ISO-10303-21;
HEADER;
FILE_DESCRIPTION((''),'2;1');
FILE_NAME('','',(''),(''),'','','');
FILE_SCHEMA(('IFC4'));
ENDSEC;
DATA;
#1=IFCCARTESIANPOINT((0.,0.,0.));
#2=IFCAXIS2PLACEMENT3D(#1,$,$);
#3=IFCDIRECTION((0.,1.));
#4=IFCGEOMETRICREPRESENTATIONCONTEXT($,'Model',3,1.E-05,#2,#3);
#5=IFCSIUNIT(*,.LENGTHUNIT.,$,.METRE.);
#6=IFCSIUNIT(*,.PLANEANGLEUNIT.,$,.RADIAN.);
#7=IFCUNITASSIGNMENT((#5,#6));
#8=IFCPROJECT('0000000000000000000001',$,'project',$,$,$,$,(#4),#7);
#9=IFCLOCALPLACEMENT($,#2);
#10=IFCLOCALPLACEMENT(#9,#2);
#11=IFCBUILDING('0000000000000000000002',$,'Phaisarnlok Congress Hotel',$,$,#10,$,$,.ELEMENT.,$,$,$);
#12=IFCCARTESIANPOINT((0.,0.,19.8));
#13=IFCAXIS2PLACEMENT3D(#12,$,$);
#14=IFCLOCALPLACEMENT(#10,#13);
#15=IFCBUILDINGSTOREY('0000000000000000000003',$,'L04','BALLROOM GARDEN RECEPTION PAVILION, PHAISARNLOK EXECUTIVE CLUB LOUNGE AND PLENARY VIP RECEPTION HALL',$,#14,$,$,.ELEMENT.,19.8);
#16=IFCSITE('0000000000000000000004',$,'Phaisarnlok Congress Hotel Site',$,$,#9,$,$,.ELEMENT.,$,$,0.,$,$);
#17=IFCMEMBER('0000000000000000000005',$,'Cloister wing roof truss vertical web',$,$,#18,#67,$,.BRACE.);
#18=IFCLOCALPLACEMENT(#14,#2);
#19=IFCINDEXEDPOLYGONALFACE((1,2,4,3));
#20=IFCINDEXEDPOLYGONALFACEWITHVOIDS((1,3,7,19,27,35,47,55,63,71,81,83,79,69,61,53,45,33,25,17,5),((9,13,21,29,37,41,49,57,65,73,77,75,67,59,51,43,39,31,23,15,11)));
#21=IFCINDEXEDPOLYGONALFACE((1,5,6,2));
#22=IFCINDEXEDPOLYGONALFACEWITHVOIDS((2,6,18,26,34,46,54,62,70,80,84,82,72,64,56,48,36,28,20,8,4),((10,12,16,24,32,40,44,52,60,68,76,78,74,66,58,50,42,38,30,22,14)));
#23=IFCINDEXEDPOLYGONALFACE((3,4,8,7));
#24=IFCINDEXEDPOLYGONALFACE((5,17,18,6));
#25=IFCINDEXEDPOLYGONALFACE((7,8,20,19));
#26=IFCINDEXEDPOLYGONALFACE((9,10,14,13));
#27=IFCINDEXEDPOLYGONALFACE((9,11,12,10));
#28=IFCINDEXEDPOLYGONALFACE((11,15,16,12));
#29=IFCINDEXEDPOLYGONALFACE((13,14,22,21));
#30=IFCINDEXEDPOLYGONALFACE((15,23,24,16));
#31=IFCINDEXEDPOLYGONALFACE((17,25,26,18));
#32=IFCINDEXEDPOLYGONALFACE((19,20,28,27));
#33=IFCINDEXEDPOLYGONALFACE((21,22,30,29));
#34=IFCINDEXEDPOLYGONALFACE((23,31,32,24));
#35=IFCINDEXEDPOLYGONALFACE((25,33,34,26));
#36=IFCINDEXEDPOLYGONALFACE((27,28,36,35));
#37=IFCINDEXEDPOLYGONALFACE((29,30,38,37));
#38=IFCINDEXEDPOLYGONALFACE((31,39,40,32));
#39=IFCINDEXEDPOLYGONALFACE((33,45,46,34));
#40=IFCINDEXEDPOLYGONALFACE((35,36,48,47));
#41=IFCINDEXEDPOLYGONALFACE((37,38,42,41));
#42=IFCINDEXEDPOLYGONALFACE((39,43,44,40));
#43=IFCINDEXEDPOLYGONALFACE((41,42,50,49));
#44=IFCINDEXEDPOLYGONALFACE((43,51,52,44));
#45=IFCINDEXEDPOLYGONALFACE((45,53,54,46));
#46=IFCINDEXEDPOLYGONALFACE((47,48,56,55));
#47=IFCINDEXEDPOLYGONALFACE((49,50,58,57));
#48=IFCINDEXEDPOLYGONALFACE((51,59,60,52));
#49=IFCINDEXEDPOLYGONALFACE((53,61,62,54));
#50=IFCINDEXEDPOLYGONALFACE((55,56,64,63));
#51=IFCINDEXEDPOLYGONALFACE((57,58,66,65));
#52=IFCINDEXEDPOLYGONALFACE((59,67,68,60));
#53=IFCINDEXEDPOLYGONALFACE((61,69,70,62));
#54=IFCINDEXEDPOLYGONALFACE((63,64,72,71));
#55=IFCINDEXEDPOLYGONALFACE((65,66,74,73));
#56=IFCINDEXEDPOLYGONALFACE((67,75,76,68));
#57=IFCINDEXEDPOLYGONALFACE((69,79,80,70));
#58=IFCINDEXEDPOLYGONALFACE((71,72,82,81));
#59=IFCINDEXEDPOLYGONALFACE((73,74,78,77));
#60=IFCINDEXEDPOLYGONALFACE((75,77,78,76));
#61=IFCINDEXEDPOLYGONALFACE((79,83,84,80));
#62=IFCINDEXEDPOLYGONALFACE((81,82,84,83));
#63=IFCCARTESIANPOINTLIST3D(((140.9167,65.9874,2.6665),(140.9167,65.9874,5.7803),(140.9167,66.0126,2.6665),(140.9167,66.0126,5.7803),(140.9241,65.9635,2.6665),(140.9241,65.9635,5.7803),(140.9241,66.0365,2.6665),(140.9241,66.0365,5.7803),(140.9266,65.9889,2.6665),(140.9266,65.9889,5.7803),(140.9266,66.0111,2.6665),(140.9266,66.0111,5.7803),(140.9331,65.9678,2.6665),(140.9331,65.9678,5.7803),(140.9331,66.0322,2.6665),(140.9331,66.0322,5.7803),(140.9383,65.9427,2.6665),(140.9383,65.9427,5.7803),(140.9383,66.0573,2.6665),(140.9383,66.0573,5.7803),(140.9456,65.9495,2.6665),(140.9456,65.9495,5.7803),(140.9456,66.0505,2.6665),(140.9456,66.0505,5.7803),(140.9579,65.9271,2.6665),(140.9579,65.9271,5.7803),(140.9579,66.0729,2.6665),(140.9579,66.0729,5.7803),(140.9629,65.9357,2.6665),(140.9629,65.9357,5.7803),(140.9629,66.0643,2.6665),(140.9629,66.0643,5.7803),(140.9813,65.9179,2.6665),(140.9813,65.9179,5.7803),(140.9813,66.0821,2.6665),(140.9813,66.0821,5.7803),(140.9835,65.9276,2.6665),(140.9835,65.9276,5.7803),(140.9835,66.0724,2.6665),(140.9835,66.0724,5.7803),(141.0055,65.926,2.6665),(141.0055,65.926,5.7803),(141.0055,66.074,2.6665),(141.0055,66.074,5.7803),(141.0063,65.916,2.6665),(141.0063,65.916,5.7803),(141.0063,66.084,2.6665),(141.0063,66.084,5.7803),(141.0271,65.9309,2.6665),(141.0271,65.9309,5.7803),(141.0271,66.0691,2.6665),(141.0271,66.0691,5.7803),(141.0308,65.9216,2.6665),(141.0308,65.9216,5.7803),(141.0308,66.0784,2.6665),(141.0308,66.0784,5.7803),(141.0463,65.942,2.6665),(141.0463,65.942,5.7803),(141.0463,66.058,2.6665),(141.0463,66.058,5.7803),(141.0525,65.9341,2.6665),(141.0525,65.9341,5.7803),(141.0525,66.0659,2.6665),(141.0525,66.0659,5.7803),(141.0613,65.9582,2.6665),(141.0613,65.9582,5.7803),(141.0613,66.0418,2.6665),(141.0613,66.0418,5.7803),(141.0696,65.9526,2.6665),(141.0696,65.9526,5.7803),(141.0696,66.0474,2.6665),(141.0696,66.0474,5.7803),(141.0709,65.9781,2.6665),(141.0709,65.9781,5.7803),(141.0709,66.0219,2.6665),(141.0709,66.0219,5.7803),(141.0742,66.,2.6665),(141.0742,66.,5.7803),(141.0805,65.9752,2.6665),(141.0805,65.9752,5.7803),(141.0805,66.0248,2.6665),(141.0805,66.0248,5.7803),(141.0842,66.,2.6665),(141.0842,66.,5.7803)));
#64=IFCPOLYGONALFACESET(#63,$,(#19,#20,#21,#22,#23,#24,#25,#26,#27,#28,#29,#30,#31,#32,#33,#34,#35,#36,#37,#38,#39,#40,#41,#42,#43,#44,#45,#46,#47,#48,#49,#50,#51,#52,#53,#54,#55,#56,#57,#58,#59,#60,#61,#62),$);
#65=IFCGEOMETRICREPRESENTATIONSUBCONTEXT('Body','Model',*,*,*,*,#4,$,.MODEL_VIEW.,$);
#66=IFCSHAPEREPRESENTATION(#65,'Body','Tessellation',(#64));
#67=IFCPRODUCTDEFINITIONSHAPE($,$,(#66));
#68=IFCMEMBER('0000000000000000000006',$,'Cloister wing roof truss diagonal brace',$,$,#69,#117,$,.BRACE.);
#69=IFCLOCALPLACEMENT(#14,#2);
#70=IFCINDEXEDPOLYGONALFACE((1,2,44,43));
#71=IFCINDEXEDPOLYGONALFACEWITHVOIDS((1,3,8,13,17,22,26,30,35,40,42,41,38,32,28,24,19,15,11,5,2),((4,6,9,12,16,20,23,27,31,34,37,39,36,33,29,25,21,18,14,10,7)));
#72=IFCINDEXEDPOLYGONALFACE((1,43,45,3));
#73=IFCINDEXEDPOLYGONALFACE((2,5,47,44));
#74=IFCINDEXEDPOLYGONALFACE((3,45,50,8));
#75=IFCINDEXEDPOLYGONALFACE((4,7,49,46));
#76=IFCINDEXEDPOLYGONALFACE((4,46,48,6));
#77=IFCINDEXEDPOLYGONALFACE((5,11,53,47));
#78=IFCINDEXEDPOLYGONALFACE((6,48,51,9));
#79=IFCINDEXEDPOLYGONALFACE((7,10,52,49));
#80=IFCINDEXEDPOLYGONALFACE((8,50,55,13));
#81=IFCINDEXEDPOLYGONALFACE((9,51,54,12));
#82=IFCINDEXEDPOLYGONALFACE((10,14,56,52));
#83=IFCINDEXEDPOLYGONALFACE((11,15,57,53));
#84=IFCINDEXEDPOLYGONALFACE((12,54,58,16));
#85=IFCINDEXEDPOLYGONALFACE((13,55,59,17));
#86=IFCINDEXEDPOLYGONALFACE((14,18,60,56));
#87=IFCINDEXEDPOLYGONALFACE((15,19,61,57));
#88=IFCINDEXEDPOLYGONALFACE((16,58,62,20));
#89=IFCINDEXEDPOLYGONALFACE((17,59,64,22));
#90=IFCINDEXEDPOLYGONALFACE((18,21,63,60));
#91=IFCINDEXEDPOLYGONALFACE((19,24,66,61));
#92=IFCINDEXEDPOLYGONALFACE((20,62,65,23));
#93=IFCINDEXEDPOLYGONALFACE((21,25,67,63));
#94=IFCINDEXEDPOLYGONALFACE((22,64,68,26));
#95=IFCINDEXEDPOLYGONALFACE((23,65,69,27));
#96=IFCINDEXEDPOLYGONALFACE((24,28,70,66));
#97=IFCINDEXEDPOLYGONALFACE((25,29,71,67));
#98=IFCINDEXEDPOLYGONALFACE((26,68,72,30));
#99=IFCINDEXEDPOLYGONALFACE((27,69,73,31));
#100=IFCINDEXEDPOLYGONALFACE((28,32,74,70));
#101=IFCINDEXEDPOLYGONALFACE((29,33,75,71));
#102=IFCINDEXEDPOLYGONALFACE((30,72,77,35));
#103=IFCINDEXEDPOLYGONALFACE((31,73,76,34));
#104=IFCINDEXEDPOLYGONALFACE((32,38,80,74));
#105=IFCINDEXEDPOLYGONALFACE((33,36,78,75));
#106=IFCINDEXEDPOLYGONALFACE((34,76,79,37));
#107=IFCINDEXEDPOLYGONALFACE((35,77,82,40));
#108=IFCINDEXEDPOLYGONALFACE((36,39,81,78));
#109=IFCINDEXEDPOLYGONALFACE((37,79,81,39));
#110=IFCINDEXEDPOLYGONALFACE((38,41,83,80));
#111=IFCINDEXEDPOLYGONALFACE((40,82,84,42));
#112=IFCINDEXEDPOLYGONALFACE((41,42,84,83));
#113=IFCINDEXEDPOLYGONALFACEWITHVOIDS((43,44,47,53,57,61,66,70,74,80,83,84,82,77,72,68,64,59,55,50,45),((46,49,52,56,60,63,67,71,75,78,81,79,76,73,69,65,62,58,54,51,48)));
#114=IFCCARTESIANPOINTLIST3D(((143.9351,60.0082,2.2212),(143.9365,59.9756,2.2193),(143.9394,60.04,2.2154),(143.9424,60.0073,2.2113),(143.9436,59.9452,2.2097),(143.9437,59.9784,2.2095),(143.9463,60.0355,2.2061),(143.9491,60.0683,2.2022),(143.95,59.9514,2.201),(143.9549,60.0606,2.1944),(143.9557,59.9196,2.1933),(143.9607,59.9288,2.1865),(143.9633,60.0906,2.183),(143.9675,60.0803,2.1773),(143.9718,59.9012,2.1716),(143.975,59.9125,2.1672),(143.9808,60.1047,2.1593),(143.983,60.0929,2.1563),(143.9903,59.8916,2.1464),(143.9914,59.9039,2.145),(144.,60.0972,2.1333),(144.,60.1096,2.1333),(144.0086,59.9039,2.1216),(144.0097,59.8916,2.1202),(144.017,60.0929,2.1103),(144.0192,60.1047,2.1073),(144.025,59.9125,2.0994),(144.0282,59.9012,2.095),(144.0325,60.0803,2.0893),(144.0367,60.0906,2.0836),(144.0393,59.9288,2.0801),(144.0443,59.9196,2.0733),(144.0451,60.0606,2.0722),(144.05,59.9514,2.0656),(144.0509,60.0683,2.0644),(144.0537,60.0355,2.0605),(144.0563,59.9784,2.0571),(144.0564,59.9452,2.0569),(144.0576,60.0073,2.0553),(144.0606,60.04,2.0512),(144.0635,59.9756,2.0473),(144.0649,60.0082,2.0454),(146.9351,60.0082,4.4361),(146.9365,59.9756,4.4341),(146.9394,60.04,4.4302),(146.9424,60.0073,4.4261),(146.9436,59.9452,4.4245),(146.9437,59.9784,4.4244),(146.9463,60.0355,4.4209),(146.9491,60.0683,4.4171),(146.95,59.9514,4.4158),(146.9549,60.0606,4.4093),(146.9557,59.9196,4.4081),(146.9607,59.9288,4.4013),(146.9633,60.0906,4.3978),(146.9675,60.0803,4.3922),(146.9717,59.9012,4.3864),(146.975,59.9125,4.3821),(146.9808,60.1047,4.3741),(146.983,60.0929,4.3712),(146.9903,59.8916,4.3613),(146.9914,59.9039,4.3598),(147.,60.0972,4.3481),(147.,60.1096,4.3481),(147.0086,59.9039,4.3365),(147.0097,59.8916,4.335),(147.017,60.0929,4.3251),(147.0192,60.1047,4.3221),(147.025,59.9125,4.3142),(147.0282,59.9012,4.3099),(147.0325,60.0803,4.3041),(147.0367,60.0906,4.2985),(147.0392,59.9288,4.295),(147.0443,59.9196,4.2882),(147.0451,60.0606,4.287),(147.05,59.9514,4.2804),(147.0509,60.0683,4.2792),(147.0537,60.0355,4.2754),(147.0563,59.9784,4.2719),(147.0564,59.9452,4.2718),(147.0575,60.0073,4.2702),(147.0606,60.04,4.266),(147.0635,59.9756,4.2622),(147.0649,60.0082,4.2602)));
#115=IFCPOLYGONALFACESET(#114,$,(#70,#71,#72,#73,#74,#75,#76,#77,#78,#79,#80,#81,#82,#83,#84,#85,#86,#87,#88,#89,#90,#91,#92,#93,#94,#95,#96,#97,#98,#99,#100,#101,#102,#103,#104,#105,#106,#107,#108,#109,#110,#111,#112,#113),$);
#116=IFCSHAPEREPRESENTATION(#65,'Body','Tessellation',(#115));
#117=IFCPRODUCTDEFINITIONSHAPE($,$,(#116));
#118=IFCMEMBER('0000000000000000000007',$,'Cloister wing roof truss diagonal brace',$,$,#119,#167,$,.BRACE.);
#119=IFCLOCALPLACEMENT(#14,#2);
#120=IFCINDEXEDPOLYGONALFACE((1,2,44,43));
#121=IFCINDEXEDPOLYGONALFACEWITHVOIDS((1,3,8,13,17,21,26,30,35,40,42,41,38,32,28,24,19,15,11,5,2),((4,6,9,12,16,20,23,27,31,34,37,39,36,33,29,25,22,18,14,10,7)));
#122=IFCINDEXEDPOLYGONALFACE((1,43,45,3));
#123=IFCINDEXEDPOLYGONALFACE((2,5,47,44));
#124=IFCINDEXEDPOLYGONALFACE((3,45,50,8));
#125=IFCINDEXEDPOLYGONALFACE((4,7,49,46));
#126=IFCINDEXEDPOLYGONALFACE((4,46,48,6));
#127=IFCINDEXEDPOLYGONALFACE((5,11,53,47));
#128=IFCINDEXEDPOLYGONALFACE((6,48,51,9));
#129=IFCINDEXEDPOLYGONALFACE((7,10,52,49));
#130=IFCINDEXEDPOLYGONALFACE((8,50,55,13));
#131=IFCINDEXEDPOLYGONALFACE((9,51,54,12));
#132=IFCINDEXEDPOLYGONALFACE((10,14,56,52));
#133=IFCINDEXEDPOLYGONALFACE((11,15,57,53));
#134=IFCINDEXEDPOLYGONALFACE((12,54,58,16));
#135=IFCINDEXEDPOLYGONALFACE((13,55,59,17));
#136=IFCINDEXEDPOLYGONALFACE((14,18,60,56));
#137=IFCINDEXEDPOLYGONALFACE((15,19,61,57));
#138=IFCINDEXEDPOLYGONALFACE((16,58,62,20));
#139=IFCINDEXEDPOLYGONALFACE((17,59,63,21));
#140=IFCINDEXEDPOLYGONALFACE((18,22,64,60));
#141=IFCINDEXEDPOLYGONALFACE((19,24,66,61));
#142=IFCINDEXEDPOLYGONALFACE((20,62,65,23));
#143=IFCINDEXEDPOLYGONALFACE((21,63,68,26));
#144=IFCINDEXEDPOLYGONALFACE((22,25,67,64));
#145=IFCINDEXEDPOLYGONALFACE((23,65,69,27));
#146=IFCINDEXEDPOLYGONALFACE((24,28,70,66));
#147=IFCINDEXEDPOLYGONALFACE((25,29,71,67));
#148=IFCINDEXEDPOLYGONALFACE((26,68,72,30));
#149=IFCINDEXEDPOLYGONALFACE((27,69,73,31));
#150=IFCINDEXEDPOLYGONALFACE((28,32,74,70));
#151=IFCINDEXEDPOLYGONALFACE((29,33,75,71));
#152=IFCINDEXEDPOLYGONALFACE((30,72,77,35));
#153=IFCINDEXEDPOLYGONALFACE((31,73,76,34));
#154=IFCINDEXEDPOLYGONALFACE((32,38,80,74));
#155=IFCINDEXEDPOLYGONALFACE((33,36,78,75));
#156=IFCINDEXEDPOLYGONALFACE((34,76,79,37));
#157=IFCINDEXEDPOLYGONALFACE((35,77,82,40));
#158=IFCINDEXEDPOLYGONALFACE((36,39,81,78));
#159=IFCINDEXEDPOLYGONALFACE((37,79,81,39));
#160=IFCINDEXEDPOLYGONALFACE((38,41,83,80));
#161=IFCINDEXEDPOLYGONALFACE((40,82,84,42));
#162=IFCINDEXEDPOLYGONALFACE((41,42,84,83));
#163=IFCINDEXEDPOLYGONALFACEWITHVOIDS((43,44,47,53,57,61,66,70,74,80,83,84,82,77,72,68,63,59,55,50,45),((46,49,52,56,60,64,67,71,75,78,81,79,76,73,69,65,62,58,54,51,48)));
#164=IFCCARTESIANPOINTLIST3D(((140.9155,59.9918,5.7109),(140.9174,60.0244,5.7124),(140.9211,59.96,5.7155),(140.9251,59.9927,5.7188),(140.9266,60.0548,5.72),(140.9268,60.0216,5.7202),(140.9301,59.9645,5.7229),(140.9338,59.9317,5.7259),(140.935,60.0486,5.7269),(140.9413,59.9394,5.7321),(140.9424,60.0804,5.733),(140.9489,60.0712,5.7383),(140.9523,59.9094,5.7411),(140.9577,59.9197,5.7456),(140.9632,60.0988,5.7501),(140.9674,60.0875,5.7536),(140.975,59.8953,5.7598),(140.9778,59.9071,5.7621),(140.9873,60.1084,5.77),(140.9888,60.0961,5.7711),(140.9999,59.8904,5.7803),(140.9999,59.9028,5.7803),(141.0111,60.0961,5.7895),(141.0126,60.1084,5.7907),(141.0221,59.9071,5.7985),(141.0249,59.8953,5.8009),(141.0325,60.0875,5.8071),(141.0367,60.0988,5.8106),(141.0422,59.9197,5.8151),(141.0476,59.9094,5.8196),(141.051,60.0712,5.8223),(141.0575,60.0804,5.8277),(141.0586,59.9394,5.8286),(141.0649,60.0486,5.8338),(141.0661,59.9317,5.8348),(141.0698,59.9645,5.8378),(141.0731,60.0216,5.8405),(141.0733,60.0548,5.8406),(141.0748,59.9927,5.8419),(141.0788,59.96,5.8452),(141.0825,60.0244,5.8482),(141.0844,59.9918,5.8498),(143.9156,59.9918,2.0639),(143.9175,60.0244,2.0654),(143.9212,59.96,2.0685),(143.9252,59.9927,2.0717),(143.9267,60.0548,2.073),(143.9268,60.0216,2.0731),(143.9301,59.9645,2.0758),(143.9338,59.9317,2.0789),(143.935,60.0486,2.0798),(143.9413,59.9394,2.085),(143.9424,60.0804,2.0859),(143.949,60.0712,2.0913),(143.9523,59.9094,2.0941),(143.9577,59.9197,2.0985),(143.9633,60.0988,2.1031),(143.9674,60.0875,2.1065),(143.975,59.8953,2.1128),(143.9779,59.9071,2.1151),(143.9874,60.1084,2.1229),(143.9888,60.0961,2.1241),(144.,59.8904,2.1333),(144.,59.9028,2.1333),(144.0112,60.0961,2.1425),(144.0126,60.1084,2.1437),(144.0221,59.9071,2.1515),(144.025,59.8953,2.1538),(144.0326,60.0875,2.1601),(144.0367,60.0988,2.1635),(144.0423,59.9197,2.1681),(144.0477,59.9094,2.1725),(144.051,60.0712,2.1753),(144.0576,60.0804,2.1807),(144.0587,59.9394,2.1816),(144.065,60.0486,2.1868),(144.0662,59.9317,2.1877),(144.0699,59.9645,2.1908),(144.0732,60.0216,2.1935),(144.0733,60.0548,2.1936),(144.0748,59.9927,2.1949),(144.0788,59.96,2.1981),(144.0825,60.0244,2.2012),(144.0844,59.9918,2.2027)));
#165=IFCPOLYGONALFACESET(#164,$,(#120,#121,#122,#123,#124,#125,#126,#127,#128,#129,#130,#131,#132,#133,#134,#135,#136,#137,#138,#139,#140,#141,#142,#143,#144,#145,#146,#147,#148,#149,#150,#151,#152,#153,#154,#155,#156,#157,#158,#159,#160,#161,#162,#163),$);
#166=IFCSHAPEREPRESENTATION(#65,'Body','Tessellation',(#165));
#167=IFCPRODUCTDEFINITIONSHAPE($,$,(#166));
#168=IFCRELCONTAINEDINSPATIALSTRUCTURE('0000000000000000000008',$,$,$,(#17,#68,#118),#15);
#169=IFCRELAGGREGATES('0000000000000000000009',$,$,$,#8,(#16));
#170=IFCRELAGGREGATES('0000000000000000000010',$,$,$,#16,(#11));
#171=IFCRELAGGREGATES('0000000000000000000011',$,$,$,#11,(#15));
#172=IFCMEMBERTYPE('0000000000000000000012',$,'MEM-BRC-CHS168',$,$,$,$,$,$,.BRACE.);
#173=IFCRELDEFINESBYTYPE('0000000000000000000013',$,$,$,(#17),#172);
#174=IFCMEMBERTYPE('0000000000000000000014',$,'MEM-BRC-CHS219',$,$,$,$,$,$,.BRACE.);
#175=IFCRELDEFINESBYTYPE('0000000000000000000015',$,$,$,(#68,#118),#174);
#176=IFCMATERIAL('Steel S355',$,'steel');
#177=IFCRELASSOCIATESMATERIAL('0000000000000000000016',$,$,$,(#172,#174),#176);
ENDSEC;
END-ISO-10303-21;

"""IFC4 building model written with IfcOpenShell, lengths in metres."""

from ifc_helpers import new_model, si_unit, direction, frame, origin, origin_2d, place, context, subcontext, project, spatial, hollow_circle, extrude, material, material_profile, profile_set, type_object, element, save


model = new_model("IFC4")

# Units and contexts
model_context = context("Model", 3, precision=1e-05, world=origin(), true_north=direction((0.0, 1.0)))
body_context = subcontext(model_context, "Body", "Model", "MODEL_VIEW")
ifc_project = project(units=[si_unit("LENGTHUNIT", "METRE"), si_unit("PLANEANGLEUNIT", "RADIAN")], contexts=[model_context])

# Site, building, storey
site_placement = place(None, origin())
site = spatial("IfcSite", under=ifc_project, at=site_placement, Name="Phaisarnlok Congress Hotel Site", CompositionType="ELEMENT", RefElevation=0.0)
building_placement = place(site_placement, origin())
building = spatial("IfcBuilding", under=site, at=building_placement, Name="Phaisarnlok Congress Hotel", CompositionType="ELEMENT")
storey_placement = place(building_placement, frame((0.0, 0.0, 19.8)))
storey = spatial("IfcBuildingStorey", under=building, at=storey_placement, Name="L04", Description="BALLROOM GARDEN RECEPTION PAVILION, PHAISARNLOK EXECUTIVE CLUB LOUNGE AND PLENARY VIP RECEPTION HALL", CompositionType="ELEMENT", Elevation=19.8)

# Shared definitions
ifc_material = material(Name="Steel S355", Category="steel")

# Members
ifc_material_profile_1 = material_profile(ifc_material, hollow_circle(Radius=0.0842, WallThickness=0.01, at=origin_2d()), Name="CHS 168.3x10")
ifc_profile_set_1 = profile_set([ifc_material_profile_1], Name="Steel S355")
member_type_1 = type_object("IfcMemberType", Name="MEM-BRC-CHS168", PredefinedType="BRACE", material=ifc_profile_set_1)
member_1_placement = place(storey_placement, frame((141.0, 66.0, 2.6665), z_axis=(0.0, 0.0, 1.0), x_axis=(1.0, 0.0, 0.0)))
element("IfcMember", 1, at=member_1_placement, inside=storey, type_object=member_type_1, Name="Cloister wing roof truss vertical web", PredefinedType="BRACE", context=body_context, shape_type="SweptSolid", body=[
    extrude(hollow_circle(Radius=0.0842, WallThickness=0.01, at=origin_2d()), origin(), (0.0, 0.0, 1.0), 3.1138),
])
ifc_material_profile_2 = material_profile(ifc_material, hollow_circle(Radius=0.1096, WallThickness=0.0125, at=origin_2d()), Name="CHS 219.1x12.5")
ifc_profile_set_2 = profile_set([ifc_material_profile_2], Name="Steel S355")
member_type_2 = type_object("IfcMemberType", Name="MEM-BRC-CHS219", PredefinedType="BRACE", material=ifc_profile_set_2)
member_2_placement = place(storey_placement, frame((144.0, 60.0, 2.1333), z_axis=(0.804503, 0.0, 0.593949), x_axis=(0.0, 1.0, 0.0)))
element("IfcMember", 2, at=member_2_placement, inside=storey, type_object=member_type_2, Name="Cloister wing roof truss diagonal brace", PredefinedType="BRACE", context=body_context, shape_type="SweptSolid", body=[
    extrude(hollow_circle(Radius=0.1096, WallThickness=0.0125, at=origin_2d()), origin(), (0.0, 0.0, 1.0), 3.729),
])
member_3_placement = place(storey_placement, frame((144.0, 60.0, 2.1333), z_axis=(-0.635279, 0.0, 0.772282), x_axis=(0.0, -1.0, 0.0)))
element("IfcMember", 3, at=member_3_placement, inside=storey, type_object=member_type_2, Name="Cloister wing roof truss diagonal brace", PredefinedType="BRACE", context=body_context, shape_type="SweptSolid", body=[
    extrude(hollow_circle(Radius=0.1096, WallThickness=0.0125, at=origin_2d()), origin(), (0.0, 0.0, 1.0), 4.7224),
])

save(model, "model.ifc")
